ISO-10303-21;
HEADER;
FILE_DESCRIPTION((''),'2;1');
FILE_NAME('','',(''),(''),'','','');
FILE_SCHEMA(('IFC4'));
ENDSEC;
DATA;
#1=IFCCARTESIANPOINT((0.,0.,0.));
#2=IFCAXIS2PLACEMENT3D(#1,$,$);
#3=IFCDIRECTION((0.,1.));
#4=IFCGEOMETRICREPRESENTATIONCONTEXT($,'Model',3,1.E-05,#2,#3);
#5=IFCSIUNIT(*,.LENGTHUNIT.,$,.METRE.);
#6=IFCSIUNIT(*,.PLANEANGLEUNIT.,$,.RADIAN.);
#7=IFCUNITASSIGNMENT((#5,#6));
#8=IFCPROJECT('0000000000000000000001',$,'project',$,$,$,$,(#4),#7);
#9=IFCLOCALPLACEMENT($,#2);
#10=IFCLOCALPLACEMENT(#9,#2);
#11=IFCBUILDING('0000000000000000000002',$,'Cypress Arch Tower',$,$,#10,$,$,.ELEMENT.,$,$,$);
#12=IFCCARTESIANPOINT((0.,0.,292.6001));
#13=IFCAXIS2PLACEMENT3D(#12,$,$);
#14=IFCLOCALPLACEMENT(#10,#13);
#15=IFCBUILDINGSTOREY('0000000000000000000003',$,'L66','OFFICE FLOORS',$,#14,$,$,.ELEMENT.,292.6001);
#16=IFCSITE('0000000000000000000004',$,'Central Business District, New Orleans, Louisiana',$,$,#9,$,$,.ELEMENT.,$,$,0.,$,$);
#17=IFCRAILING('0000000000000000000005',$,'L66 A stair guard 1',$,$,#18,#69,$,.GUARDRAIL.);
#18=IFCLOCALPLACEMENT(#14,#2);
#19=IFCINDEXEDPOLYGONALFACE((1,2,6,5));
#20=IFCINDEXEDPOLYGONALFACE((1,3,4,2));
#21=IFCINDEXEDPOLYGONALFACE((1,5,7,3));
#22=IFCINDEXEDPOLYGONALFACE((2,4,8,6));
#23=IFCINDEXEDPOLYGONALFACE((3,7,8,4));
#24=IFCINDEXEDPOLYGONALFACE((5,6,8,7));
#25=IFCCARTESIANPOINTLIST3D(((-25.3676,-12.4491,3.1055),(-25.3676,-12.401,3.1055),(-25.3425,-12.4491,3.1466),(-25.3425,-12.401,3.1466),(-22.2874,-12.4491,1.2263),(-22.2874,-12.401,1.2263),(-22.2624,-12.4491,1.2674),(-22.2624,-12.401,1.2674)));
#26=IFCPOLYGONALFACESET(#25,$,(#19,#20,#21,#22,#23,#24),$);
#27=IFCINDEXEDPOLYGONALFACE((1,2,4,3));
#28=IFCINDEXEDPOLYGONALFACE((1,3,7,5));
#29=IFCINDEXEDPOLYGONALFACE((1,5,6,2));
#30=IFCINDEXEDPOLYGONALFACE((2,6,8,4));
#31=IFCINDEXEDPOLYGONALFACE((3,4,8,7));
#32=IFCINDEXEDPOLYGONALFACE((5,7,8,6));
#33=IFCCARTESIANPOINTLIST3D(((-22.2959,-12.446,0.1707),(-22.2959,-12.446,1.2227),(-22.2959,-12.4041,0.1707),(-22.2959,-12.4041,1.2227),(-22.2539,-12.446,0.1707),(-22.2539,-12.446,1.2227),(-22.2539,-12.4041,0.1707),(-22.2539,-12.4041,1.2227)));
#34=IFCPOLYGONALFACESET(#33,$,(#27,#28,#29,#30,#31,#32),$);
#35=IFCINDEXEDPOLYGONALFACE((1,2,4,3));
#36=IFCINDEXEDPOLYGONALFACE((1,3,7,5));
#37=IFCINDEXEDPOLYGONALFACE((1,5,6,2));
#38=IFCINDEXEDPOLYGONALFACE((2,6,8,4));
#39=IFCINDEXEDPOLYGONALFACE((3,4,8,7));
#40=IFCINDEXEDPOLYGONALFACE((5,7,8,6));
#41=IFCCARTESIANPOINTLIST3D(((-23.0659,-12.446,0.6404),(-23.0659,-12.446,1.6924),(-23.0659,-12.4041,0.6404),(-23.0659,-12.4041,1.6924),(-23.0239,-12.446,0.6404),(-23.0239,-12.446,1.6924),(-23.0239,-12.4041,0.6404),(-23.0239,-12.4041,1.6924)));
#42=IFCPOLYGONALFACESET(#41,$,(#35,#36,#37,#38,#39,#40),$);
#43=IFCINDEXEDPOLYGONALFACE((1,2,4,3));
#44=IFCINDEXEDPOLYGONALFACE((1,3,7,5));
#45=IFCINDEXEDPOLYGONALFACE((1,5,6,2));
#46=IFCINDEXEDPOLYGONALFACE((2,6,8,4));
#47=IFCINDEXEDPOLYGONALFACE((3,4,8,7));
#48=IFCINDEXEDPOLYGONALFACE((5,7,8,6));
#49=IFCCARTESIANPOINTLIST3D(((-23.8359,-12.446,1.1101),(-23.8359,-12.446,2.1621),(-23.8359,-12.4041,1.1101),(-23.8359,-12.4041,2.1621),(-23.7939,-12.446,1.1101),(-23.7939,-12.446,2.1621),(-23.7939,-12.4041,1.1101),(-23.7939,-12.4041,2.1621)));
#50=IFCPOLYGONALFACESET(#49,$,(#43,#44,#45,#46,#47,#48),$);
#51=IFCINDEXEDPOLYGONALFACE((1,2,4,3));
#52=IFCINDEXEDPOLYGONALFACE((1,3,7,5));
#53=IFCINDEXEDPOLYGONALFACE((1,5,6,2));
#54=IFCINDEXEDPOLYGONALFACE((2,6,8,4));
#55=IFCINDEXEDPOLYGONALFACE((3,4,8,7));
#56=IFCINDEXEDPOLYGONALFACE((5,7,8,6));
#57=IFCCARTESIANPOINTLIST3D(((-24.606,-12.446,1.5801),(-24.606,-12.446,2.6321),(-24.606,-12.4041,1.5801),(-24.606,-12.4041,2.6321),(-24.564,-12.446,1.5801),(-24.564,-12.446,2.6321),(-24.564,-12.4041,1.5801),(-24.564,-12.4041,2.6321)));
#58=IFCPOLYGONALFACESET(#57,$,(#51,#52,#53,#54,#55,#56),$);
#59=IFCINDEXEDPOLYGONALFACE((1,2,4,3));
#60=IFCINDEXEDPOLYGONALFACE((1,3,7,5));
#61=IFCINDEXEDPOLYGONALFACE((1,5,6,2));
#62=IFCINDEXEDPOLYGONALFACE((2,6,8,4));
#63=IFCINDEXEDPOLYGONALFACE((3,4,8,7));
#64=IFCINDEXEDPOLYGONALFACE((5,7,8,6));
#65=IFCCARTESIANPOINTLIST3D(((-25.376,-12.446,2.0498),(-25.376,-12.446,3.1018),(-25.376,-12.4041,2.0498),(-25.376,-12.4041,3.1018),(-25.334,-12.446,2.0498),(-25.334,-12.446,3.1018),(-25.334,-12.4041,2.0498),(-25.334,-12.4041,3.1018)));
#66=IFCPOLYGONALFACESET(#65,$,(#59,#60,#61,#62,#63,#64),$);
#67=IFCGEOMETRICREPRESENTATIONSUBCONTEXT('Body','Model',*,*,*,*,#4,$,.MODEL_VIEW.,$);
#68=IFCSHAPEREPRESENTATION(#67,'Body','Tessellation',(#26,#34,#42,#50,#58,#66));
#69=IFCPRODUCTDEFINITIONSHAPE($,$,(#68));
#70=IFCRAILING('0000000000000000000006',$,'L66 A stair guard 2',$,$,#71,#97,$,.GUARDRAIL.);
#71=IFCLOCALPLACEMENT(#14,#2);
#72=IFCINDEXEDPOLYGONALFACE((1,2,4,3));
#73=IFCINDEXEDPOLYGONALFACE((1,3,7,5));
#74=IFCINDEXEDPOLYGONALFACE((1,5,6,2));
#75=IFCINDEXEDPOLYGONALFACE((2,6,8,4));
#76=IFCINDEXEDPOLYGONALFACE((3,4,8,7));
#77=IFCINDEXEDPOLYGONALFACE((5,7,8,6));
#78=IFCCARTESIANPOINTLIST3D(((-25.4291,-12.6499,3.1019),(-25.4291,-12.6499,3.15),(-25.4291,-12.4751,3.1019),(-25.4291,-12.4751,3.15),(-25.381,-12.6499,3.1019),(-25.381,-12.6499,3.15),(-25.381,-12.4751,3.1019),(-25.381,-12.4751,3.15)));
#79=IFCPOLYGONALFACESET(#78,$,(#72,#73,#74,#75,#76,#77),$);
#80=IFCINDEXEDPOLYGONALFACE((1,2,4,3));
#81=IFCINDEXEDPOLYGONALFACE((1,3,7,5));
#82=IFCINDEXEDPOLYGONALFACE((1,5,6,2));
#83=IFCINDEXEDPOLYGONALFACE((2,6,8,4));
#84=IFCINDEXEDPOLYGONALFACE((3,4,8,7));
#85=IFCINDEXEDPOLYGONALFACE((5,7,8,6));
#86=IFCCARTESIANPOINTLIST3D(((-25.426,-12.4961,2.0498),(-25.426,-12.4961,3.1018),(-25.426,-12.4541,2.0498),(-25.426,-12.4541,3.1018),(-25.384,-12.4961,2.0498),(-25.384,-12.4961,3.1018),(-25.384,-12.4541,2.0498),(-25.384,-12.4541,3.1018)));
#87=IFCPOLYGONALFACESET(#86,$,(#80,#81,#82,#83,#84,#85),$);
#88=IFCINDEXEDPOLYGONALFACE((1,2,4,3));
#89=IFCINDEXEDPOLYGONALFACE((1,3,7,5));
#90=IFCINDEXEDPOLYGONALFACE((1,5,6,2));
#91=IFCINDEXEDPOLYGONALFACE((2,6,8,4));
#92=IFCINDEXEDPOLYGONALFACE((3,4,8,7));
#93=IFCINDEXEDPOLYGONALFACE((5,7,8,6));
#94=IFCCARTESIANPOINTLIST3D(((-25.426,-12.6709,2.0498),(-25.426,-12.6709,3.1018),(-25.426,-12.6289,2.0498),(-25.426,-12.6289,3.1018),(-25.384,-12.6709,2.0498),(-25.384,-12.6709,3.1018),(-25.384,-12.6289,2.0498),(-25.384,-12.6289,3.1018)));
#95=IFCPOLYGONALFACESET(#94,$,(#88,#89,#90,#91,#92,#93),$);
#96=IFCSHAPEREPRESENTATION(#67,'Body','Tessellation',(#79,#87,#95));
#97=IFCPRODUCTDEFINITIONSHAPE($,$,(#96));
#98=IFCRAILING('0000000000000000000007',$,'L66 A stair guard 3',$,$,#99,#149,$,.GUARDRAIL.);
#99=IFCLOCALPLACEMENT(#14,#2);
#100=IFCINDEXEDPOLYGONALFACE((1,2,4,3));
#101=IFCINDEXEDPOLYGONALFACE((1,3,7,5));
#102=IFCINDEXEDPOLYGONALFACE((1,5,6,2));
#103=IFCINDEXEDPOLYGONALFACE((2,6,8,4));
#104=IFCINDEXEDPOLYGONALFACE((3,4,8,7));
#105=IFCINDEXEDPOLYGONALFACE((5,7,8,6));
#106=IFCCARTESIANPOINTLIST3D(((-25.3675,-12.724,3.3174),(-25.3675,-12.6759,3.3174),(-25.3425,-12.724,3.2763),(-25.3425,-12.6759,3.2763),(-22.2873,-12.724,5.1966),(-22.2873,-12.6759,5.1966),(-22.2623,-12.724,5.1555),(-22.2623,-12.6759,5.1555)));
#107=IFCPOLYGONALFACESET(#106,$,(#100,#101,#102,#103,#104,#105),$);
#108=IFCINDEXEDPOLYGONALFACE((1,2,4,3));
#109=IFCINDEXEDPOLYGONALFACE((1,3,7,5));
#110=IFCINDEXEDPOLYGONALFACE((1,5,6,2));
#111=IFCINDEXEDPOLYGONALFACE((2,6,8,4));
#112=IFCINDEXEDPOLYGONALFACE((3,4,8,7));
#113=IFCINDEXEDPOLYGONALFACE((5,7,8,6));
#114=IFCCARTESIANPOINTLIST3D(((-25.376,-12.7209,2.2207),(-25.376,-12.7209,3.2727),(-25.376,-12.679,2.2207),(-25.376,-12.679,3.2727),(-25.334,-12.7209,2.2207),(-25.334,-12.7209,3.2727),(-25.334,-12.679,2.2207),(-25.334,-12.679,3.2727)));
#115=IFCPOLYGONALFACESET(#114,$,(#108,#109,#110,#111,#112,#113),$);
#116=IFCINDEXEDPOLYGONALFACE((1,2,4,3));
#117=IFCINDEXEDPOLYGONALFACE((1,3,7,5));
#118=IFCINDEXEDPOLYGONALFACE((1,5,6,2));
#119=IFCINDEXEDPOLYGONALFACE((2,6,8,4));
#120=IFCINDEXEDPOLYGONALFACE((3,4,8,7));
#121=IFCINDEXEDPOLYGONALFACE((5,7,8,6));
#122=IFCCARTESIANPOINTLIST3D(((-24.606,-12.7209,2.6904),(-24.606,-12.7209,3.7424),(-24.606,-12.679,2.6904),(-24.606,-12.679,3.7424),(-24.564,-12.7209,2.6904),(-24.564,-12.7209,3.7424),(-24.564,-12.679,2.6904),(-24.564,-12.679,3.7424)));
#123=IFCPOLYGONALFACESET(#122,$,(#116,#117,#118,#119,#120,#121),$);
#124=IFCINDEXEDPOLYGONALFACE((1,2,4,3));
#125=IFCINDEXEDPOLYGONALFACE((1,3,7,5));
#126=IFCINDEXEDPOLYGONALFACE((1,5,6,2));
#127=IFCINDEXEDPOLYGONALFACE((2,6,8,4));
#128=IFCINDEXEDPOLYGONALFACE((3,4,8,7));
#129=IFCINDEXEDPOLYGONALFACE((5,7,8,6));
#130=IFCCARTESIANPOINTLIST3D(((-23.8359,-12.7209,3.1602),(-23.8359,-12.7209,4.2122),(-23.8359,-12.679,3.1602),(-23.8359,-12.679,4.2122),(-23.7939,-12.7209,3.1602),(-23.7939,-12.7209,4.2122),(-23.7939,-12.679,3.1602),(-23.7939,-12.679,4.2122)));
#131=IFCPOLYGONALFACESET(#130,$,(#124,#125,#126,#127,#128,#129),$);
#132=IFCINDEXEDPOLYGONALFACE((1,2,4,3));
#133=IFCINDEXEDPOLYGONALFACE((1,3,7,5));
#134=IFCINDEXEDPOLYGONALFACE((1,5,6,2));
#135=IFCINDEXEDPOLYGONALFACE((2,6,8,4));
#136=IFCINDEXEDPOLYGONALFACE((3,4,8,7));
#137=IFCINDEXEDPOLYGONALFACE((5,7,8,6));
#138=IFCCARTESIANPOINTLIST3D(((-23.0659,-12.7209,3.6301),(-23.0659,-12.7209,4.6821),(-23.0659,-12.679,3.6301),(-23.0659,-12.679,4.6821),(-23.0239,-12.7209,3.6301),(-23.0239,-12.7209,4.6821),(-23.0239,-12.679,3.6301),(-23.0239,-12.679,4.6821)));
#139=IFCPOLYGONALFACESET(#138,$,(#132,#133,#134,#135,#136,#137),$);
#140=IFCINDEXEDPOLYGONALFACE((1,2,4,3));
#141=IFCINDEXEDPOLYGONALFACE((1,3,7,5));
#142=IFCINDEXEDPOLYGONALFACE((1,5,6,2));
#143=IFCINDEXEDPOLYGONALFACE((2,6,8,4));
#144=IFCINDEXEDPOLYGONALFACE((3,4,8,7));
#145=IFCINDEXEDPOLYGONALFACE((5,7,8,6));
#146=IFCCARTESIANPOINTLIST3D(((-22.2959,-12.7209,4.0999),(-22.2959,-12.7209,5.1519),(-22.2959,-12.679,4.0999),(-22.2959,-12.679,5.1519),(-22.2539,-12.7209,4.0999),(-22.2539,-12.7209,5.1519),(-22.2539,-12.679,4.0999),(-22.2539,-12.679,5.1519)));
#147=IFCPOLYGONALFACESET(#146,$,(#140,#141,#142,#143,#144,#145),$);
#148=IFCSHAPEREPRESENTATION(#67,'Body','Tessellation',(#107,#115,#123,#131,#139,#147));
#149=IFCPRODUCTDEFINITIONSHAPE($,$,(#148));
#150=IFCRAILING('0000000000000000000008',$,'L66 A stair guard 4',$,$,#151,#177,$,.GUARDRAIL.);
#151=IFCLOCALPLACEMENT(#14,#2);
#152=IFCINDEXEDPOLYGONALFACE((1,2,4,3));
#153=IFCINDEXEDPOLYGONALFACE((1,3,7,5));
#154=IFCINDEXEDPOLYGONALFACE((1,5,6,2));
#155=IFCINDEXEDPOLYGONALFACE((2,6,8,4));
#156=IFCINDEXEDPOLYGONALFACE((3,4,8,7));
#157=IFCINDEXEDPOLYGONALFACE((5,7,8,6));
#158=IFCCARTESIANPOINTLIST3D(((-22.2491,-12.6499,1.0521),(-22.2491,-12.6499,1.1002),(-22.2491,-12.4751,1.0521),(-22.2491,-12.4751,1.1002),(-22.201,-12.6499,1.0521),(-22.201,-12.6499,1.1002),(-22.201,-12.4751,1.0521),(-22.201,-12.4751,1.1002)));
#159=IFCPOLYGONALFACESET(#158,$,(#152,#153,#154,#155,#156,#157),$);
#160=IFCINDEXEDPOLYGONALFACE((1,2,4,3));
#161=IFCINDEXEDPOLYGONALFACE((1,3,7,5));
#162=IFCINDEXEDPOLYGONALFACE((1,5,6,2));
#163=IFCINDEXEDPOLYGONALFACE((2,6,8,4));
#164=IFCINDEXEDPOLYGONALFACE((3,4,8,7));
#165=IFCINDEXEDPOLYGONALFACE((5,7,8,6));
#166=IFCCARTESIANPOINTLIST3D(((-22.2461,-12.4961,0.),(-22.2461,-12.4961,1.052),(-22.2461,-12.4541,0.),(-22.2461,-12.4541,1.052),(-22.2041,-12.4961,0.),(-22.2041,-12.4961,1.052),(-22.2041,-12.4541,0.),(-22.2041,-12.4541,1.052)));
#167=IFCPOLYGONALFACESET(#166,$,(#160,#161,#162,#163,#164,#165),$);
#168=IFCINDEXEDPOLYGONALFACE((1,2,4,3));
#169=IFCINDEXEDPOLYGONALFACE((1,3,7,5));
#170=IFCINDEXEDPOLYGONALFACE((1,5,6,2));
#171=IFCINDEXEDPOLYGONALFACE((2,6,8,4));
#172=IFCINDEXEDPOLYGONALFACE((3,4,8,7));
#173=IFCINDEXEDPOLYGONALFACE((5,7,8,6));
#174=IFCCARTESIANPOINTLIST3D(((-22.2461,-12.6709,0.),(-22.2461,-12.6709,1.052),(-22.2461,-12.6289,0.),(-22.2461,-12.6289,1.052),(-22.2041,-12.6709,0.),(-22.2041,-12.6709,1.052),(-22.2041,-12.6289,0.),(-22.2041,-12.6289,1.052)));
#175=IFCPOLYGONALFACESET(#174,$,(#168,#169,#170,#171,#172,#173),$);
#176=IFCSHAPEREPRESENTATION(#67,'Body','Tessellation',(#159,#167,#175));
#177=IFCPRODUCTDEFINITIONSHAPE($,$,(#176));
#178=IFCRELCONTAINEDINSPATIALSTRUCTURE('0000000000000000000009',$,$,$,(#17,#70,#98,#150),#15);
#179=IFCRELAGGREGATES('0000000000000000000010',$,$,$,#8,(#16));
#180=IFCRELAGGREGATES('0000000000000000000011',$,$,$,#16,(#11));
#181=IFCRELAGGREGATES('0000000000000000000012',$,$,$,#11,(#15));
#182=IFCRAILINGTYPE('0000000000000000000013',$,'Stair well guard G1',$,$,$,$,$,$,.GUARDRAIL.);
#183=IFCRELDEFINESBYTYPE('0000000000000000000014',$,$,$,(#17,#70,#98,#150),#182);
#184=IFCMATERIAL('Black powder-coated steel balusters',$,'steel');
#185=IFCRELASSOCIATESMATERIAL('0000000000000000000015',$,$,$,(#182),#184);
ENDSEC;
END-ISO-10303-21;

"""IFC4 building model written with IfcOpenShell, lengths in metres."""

from ifc_helpers import new_model, si_unit, direction, frame, origin, origin_2d, place, context, subcontext, project, spatial, rectangle, extrude, material, type_object, element, save


model = new_model("IFC4")

# Units and contexts
model_context = context("Model", 3, precision=1e-05, world=origin(), true_north=direction((0.0, 1.0)))
body_context = subcontext(model_context, "Body", "Model", "MODEL_VIEW")
ifc_project = project(units=[si_unit("LENGTHUNIT", "METRE"), si_unit("PLANEANGLEUNIT", "RADIAN")], contexts=[model_context])

# Site, building, storey
site_placement = place(None, origin())
site = spatial("IfcSite", under=ifc_project, at=site_placement, Name="Central Business District, New Orleans, Louisiana", CompositionType="ELEMENT", RefElevation=0.0)
building_placement = place(site_placement, origin())
building = spatial("IfcBuilding", under=site, at=building_placement, Name="Cypress Arch Tower", CompositionType="ELEMENT")
storey_placement = place(building_placement, frame((0.0, 0.0, 292.6001)))
storey = spatial("IfcBuildingStorey", under=building, at=storey_placement, Name="L66", Description="OFFICE FLOORS", CompositionType="ELEMENT", Elevation=292.6001)

# Railings
ifc_material_1 = material(Name="Black powder-coated steel balusters", Category="steel")
railing_type_1 = type_object("IfcRailingType", Name="Stair well guard G1", PredefinedType="GUARDRAIL", material=ifc_material_1)
railing_1_placement = place(storey_placement, frame((-22.2749, -12.425, 0.1707)))
element("IfcRailing", 1, at=railing_1_placement, inside=storey, type_object=railing_type_1, Name="L66 A stair guard 1", PredefinedType="GUARDRAIL", context=body_context, shape_type="SweptSolid", body=[
    extrude(rectangle(XDim=0.0481, YDim=0.0481, at=origin_2d()), frame((0.0, 0.0, 1.0762), z_axis=(-0.853666, 0.0, 0.52082), x_axis=(0.0, -1.0, 0.0)), (0.0, 0.0, 1.0), 3.6082),
    extrude(rectangle(XDim=0.042, YDim=0.042, at=origin_2d()), origin(), (0.0, 0.0, 1.0), 1.052),
    extrude(rectangle(XDim=0.042, YDim=0.042, at=origin_2d()), frame((-0.77, 0.0, 0.4697)), (0.0, 0.0, 1.0), 1.052),
    extrude(rectangle(XDim=0.042, YDim=0.042, at=origin_2d()), frame((-1.54, 0.0, 0.9395)), (0.0, 0.0, 1.0), 1.052),
    extrude(rectangle(XDim=0.042, YDim=0.042, at=origin_2d()), frame((-2.3101, 0.0, 1.4094)), (0.0, 0.0, 1.0), 1.052),
    extrude(rectangle(XDim=0.042, YDim=0.042, at=origin_2d()), frame((-3.0801, 0.0, 1.8792)), (0.0, 0.0, 1.0), 1.052),
])
railing_2_placement = place(storey_placement, frame((-25.405, -12.4751, 2.0498)))
element("IfcRailing", 2, at=railing_2_placement, inside=storey, type_object=railing_type_1, Name="L66 A stair guard 2", PredefinedType="GUARDRAIL", context=body_context, shape_type="SweptSolid", body=[
    extrude(rectangle(XDim=0.0481, YDim=0.0481, at=origin_2d()), frame((0.0, 0.0, 1.0762), z_axis=(0.0, -1.0, 0.0), x_axis=(1.0, 0.0, 0.0)), (0.0, 0.0, 1.0), 0.1748),
    extrude(rectangle(XDim=0.042, YDim=0.042, at=origin_2d()), origin(), (0.0, 0.0, 1.0), 1.052),
    extrude(rectangle(XDim=0.042, YDim=0.042, at=origin_2d()), frame((0.0, -0.1748, 0.0)), (0.0, 0.0, 1.0), 1.052),
])
railing_3_placement = place(storey_placement, frame((-25.355, -12.7, 2.2207)))
element("IfcRailing", 3, at=railing_3_placement, inside=storey, type_object=railing_type_1, Name="L66 A stair guard 3", PredefinedType="GUARDRAIL", context=body_context, shape_type="SweptSolid", body=[
    extrude(rectangle(XDim=0.0481, YDim=0.0481, at=origin_2d()), frame((0.0, 0.0, 1.0762), z_axis=(0.853666, 0.0, 0.52082), x_axis=(0.0, 1.0, 0.0)), (0.0, 0.0, 1.0), 3.6082),
    extrude(rectangle(XDim=0.042, YDim=0.042, at=origin_2d()), origin(), (0.0, 0.0, 1.0), 1.052),
    extrude(rectangle(XDim=0.042, YDim=0.042, at=origin_2d()), frame((0.77, 0.0, 0.4697)), (0.0, 0.0, 1.0), 1.052),
    extrude(rectangle(XDim=0.042, YDim=0.042, at=origin_2d()), frame((1.54, 0.0, 0.9395)), (0.0, 0.0, 1.0), 1.052),
    extrude(rectangle(XDim=0.042, YDim=0.042, at=origin_2d()), frame((2.3101, 0.0, 1.4094)), (0.0, 0.0, 1.0), 1.052),
    extrude(rectangle(XDim=0.042, YDim=0.042, at=origin_2d()), frame((3.0801, 0.0, 1.8792)), (0.0, 0.0, 1.0), 1.052),
])
railing_4_placement = place(storey_placement, frame((-22.2251, -12.4751, 0.0)))
element("IfcRailing", 4, at=railing_4_placement, inside=storey, type_object=railing_type_1, Name="L66 A stair guard 4", PredefinedType="GUARDRAIL", context=body_context, shape_type="SweptSolid", body=[
    extrude(rectangle(XDim=0.0481, YDim=0.0481, at=origin_2d()), frame((0.0, 0.0, 1.0762), z_axis=(0.0, -1.0, 0.0), x_axis=(1.0, 0.0, 0.0)), (0.0, 0.0, 1.0), 0.1748),
    extrude(rectangle(XDim=0.042, YDim=0.042, at=origin_2d()), origin(), (0.0, 0.0, 1.0), 1.052),
    extrude(rectangle(XDim=0.042, YDim=0.042, at=origin_2d()), frame((0.0, -0.1748, 0.0)), (0.0, 0.0, 1.0), 1.052),
])

save(model, "model.ifc")
